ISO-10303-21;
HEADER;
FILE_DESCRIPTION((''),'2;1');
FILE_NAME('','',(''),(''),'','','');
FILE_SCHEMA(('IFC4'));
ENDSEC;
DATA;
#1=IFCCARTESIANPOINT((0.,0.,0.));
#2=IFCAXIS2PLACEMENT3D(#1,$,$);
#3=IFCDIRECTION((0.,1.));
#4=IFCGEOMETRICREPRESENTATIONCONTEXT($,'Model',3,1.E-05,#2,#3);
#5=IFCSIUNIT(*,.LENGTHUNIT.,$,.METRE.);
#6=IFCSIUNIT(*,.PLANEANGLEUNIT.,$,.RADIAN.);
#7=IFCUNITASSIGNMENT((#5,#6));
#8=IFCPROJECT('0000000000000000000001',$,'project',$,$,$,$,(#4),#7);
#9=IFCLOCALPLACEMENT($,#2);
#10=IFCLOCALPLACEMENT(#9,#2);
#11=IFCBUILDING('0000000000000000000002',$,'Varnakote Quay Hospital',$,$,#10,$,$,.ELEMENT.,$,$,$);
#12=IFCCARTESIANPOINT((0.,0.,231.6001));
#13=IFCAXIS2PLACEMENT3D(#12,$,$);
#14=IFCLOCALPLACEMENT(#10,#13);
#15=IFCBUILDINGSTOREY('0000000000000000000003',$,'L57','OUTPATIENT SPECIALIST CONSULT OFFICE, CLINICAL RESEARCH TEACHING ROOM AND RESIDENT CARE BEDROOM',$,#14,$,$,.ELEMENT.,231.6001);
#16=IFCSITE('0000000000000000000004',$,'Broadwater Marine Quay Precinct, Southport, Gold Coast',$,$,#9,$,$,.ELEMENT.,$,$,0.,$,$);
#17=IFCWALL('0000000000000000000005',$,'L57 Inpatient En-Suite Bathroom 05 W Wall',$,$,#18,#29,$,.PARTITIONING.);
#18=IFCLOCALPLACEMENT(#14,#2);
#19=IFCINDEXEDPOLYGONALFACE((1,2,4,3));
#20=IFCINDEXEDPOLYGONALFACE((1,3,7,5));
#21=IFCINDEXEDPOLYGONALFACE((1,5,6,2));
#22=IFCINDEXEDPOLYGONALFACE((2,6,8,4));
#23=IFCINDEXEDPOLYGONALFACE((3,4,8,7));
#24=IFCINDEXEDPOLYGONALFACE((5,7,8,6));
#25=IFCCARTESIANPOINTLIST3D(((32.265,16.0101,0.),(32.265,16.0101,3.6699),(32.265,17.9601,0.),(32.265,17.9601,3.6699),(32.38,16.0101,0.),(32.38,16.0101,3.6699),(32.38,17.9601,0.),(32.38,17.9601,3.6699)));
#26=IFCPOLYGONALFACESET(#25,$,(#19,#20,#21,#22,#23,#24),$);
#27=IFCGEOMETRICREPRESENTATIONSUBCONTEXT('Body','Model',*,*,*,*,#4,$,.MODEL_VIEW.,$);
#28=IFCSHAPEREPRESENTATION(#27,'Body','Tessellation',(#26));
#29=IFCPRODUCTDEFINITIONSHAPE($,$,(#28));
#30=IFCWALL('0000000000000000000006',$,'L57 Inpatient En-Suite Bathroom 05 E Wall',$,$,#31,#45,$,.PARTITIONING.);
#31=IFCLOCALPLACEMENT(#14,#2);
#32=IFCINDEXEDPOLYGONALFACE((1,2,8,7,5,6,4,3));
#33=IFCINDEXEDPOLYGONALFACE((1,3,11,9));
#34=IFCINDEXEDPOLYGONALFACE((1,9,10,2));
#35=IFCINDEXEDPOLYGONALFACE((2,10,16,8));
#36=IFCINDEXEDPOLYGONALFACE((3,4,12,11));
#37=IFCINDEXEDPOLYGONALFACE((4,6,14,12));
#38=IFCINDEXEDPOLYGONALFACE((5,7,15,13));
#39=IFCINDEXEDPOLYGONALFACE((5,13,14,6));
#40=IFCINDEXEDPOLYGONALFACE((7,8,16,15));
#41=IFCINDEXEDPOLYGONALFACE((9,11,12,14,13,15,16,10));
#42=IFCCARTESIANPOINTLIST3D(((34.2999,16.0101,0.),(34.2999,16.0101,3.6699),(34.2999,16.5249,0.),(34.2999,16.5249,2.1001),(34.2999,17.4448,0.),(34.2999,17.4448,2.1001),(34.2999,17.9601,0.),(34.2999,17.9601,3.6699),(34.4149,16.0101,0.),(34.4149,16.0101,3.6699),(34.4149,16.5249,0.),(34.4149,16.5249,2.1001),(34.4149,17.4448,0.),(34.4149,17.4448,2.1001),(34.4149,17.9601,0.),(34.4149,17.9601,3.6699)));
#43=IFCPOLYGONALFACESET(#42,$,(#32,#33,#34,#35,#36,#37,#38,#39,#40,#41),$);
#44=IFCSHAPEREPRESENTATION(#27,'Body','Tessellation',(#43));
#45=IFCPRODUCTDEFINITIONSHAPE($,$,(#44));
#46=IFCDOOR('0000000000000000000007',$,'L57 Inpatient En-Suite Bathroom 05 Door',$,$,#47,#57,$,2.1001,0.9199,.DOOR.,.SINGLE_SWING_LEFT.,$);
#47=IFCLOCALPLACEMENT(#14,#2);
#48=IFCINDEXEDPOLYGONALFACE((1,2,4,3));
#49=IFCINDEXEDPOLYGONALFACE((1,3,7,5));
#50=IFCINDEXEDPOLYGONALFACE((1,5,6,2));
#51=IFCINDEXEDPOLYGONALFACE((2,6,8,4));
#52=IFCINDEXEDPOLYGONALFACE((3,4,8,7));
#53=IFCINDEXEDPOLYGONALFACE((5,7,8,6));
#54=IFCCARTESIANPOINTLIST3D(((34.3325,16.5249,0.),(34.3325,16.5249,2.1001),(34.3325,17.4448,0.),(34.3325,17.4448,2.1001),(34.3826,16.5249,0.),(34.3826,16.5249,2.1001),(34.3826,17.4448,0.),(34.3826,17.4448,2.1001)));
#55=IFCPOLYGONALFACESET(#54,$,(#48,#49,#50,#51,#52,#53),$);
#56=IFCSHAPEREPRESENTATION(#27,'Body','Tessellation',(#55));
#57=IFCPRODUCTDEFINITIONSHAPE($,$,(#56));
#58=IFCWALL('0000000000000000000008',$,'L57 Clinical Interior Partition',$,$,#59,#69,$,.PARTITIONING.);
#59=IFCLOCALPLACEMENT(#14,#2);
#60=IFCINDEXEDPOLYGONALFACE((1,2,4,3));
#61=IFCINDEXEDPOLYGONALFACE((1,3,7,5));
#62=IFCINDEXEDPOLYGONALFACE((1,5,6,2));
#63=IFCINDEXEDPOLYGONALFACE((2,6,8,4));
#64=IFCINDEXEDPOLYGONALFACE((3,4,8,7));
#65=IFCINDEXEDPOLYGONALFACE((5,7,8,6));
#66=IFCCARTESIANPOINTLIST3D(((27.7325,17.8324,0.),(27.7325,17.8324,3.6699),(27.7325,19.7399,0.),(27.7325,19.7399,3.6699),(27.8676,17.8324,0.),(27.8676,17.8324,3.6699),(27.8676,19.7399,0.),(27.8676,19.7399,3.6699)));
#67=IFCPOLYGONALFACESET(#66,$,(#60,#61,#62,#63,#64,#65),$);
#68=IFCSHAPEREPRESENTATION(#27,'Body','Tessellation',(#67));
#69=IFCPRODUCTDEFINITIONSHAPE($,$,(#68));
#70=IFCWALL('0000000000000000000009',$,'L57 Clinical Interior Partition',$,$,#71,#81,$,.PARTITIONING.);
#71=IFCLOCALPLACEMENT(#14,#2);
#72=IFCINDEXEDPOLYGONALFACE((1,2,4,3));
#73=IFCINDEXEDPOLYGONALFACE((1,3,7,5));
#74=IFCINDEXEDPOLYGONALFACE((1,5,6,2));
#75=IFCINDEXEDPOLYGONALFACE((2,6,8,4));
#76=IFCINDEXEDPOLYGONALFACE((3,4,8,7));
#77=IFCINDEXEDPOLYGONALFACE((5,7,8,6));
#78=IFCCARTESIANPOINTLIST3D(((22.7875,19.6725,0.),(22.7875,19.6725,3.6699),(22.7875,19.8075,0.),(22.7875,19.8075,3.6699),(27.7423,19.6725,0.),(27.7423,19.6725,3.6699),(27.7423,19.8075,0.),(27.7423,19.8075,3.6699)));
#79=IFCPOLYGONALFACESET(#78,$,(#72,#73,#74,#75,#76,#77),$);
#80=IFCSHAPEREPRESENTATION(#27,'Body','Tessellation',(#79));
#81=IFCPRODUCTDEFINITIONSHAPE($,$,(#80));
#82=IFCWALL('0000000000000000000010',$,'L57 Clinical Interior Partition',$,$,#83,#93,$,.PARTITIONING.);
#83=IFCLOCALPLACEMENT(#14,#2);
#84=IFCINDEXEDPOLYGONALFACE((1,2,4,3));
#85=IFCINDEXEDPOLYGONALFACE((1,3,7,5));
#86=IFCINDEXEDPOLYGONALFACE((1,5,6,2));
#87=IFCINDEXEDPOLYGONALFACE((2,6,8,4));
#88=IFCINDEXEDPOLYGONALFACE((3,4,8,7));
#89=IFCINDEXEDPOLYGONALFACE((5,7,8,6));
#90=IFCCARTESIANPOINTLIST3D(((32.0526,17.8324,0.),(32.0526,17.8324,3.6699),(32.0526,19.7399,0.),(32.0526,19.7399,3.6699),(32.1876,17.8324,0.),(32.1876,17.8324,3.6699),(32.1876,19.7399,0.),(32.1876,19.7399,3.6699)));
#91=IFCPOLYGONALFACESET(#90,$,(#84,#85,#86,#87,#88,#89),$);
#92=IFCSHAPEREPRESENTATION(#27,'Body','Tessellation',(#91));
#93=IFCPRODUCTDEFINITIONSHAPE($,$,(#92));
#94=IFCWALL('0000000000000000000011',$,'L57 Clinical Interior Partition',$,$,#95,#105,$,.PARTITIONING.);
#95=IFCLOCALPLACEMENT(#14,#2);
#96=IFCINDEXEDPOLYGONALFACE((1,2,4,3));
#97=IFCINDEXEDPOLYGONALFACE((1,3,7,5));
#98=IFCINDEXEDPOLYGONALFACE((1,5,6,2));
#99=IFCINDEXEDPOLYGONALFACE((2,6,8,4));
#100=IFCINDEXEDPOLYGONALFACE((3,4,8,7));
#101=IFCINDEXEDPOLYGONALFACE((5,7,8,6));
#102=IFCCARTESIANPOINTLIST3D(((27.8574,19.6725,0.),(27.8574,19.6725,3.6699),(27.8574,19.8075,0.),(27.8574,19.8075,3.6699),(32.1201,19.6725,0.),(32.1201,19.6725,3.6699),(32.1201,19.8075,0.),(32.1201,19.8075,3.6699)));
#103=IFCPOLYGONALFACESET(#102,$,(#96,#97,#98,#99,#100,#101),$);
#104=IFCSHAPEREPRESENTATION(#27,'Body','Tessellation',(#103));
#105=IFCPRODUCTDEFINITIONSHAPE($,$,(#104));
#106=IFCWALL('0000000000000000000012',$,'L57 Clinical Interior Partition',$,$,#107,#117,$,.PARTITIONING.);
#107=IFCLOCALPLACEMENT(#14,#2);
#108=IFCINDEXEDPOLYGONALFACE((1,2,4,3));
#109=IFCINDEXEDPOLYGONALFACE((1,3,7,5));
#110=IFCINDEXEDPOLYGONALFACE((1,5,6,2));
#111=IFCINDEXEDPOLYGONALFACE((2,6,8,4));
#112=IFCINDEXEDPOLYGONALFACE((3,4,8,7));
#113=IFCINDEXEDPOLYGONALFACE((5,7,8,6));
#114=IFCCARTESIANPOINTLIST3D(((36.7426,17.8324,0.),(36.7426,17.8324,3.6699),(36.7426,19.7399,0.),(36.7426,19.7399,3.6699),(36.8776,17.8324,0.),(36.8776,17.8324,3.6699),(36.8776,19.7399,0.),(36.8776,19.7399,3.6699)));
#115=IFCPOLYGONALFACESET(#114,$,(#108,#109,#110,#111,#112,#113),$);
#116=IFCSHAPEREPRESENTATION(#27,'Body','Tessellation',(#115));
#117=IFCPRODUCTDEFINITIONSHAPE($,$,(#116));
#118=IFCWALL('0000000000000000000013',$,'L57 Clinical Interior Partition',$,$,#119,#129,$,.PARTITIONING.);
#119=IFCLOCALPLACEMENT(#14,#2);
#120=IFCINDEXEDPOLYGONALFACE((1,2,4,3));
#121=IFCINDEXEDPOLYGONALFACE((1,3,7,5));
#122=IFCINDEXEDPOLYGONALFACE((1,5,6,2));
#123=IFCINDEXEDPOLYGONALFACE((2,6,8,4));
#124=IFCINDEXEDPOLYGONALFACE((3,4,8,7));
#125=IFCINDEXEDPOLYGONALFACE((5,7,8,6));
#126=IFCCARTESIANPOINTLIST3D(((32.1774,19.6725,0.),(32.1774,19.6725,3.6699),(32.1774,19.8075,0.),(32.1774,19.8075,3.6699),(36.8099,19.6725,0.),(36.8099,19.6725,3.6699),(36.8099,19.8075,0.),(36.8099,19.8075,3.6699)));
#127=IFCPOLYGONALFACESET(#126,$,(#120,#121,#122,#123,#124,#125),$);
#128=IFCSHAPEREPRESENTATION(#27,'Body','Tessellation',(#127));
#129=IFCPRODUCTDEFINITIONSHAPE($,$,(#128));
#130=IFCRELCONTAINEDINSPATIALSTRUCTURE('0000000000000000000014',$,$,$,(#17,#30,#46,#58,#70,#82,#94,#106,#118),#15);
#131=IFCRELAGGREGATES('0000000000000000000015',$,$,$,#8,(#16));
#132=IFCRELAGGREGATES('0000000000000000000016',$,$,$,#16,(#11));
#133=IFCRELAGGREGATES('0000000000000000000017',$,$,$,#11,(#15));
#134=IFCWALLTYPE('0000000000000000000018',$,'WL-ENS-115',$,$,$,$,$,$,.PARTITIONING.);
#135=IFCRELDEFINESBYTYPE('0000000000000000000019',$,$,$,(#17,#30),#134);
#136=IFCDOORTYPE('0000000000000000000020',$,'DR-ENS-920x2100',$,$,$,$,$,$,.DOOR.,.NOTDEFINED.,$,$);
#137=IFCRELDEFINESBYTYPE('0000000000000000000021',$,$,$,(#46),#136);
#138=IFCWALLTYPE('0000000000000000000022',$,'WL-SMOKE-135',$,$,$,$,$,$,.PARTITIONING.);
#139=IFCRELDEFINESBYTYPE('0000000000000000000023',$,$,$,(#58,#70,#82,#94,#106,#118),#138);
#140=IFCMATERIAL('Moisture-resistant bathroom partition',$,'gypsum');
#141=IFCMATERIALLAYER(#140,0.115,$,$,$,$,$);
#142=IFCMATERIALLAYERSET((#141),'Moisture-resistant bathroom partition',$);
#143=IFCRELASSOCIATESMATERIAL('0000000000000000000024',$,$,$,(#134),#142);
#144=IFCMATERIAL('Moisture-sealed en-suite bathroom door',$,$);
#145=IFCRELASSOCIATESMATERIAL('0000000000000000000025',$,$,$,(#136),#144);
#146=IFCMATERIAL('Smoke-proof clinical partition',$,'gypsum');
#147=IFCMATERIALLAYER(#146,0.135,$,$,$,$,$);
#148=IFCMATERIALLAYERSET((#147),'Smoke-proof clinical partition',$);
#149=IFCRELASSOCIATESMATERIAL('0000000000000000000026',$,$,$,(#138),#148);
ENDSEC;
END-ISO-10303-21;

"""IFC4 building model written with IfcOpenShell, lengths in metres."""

from ifc_helpers import new_model, si_unit, direction, frame, frame_2d, origin, place, context, subcontext, project, spatial, rectangle, extrude, material, layer, layer_set, type_object, element, fill, save


model = new_model("IFC4")

# Units and contexts
model_context = context("Model", 3, precision=1e-05, world=origin(), true_north=direction((0.0, 1.0)))
body_context = subcontext(model_context, "Body", "Model", "MODEL_VIEW")
ifc_project = project(units=[si_unit("LENGTHUNIT", "METRE"), si_unit("PLANEANGLEUNIT", "RADIAN")], contexts=[model_context])

# Site, building, storey
site_placement = place(None, origin())
site = spatial("IfcSite", under=ifc_project, at=site_placement, Name="Broadwater Marine Quay Precinct, Southport, Gold Coast", CompositionType="ELEMENT", RefElevation=0.0)
building_placement = place(site_placement, origin())
building = spatial("IfcBuilding", under=site, at=building_placement, Name="Varnakote Quay Hospital", CompositionType="ELEMENT")
storey_placement = place(building_placement, frame((0.0, 0.0, 231.6001)))
storey = spatial("IfcBuildingStorey", under=building, at=storey_placement, Name="L57", Description="OUTPATIENT SPECIALIST CONSULT OFFICE, CLINICAL RESEARCH TEACHING ROOM AND RESIDENT CARE BEDROOM", CompositionType="ELEMENT", Elevation=231.6001)

# Shared definitions
ifc_material_1 = material(Name="Moisture-resistant bathroom partition", Category="gypsum")
ifc_layer_1 = layer(ifc_material_1, 0.115)
ifc_layer_set_1 = layer_set([ifc_layer_1], Name="Moisture-resistant bathroom partition")
wall_type_1 = type_object("IfcWallType", Name="WL-ENS-115", PredefinedType="PARTITIONING", material=ifc_layer_set_1)

# Shared definitions
ifc_material_2 = material(Name="Moisture-sealed en-suite bathroom door")
door_type_1 = type_object("IfcDoorType", Name="DR-ENS-920x2100", OperationType="NOTDEFINED", PredefinedType="DOOR", material=ifc_material_2)

# Wall
wall_1_placement = place(storey_placement, frame((32.3225, 16.01, 0.0), z_axis=(0.0, 0.0, 1.0), x_axis=(0.0, 1.0, 0.0)))
element("IfcWall", 1, at=wall_1_placement, inside=storey, type_object=wall_type_1, Name="L57 Inpatient En-Suite Bathroom 05 W Wall", PredefinedType="PARTITIONING", context=body_context, shape_type="SweptSolid", body=[
    extrude(rectangle(XDim=1.95, YDim=0.115, at=frame_2d((0.9751, 0.0))), origin(), (0.0, 0.0, 1.0), 3.6699),
])

# Wall, opening, door
wall_2_placement = place(storey_placement, frame((34.3574, 16.01, 0.0), z_axis=(0.0, 0.0, 1.0), x_axis=(0.0, 1.0, 0.0)))
wall_2 = element("IfcWall", 2, at=wall_2_placement, inside=storey, type_object=wall_type_1, Name="L57 Inpatient En-Suite Bathroom 05 E Wall", PredefinedType="PARTITIONING", context=body_context, shape_type="SweptSolid", body=[
    extrude(rectangle(XDim=1.95, YDim=0.115, at=frame_2d((0.9751, 0.0))), origin(), (0.0, 0.0, 1.0), 3.6699),
])
opening_1_placement = place(wall_2_placement, frame((0.5149, 0.0, 0.0)))
opening_1 = element("IfcOpeningElement", 3, at=opening_1_placement, cuts=wall_2, PredefinedType="OPENING", context=body_context, shape_type="SweptSolid", body=[
    extrude(rectangle(XDim=0.9199, YDim=2.1001, at=frame_2d((0.46, 1.05))), frame((0.0, 0.0674, 0.0), z_axis=(0.0, -1.0, 0.0), x_axis=(1.0, 0.0, 0.0)), (0.0, 0.0, 1.0), 0.135),
])
door_1_placement = place(opening_1_placement, origin())
door_1 = element("IfcDoor", 4, at=door_1_placement, inside=storey, type_object=door_type_1, Name="L57 Inpatient En-Suite Bathroom 05 Door", OperationType="SINGLE_SWING_LEFT", OverallHeight=2.1001, OverallWidth=0.9199, PredefinedType="DOOR", context=body_context, shape_type="SweptSolid", body=[
    extrude(rectangle(XDim=0.9199, YDim=2.1001, at=frame_2d((0.46, 1.05))), frame((0.0, 0.0249, 0.0), z_axis=(0.0, -1.0, 0.0), x_axis=(1.0, 0.0, 0.0)), (0.0, 0.0, 1.0), 0.05),
])
fill(opening_1, door_1)

# Walls
ifc_material_3 = material(Name="Smoke-proof clinical partition", Category="gypsum")
ifc_layer_2 = layer(ifc_material_3, 0.135)
ifc_layer_set_2 = layer_set([ifc_layer_2], Name="Smoke-proof clinical partition")
wall_type_2 = type_object("IfcWallType", Name="WL-SMOKE-135", PredefinedType="PARTITIONING", material=ifc_layer_set_2)
wall_3_placement = place(storey_placement, frame((27.8, 17.8325, 0.0), z_axis=(0.0, 0.0, 1.0), x_axis=(0.0, 1.0, 0.0)))
element("IfcWall", 5, at=wall_3_placement, inside=storey, type_object=wall_type_2, Name="L57 Clinical Interior Partition", PredefinedType="PARTITIONING", context=body_context, shape_type="SweptSolid", body=[
    extrude(rectangle(XDim=1.9075, YDim=0.135, at=frame_2d((0.9536, 0.0))), origin(), (0.0, 0.0, 1.0), 3.6699),
])
wall_4_placement = place(storey_placement, frame((27.7424, 19.74, 0.0), z_axis=(0.0, 0.0, 1.0), x_axis=(-1.0, 0.0, 0.0)))
element("IfcWall", 6, at=wall_4_placement, inside=storey, type_object=wall_type_2, Name="L57 Clinical Interior Partition", PredefinedType="PARTITIONING", context=body_context, shape_type="SweptSolid", body=[
    extrude(rectangle(XDim=4.9548, YDim=0.135, at=frame_2d((2.4775, 0.0))), origin(), (0.0, 0.0, 1.0), 3.6699),
])
wall_5_placement = place(storey_placement, frame((32.1201, 17.8325, 0.0), z_axis=(0.0, 0.0, 1.0), x_axis=(0.0, 1.0, 0.0)))
element("IfcWall", 7, at=wall_5_placement, inside=storey, type_object=wall_type_2, Name="L57 Clinical Interior Partition", PredefinedType="PARTITIONING", context=body_context, shape_type="SweptSolid", body=[
    extrude(rectangle(XDim=1.9075, YDim=0.135, at=frame_2d((0.9536, 0.0))), origin(), (0.0, 0.0, 1.0), 3.6699),
])
wall_6_placement = place(storey_placement, frame((32.1201, 19.74, 0.0), z_axis=(0.0, 0.0, 1.0), x_axis=(-1.0, 0.0, 0.0)))
element("IfcWall", 8, at=wall_6_placement, inside=storey, type_object=wall_type_2, Name="L57 Clinical Interior Partition", PredefinedType="PARTITIONING", context=body_context, shape_type="SweptSolid", body=[
    extrude(rectangle(XDim=4.2627, YDim=0.135, at=frame_2d((2.1313, 0.0))), origin(), (0.0, 0.0, 1.0), 3.6699),
])
wall_7_placement = place(storey_placement, frame((36.8101, 17.8325, 0.0), z_axis=(0.0, 0.0, 1.0), x_axis=(0.0, 1.0, 0.0)))
element("IfcWall", 9, at=wall_7_placement, inside=storey, type_object=wall_type_2, Name="L57 Clinical Interior Partition", PredefinedType="PARTITIONING", context=body_context, shape_type="SweptSolid", body=[
    extrude(rectangle(XDim=1.9075, YDim=0.135, at=frame_2d((0.9536, 0.0))), origin(), (0.0, 0.0, 1.0), 3.6699),
])
wall_8_placement = place(storey_placement, frame((36.8101, 19.74, 0.0), z_axis=(0.0, 0.0, 1.0), x_axis=(-1.0, 0.0, 0.0)))
element("IfcWall", 10, at=wall_8_placement, inside=storey, type_object=wall_type_2, Name="L57 Clinical Interior Partition", PredefinedType="PARTITIONING", context=body_context, shape_type="SweptSolid", body=[
    extrude(rectangle(XDim=4.6326, YDim=0.135, at=frame_2d((2.3164, 0.0))), origin(), (0.0, 0.0, 1.0), 3.6699),
])

save(model, "model.ifc")
